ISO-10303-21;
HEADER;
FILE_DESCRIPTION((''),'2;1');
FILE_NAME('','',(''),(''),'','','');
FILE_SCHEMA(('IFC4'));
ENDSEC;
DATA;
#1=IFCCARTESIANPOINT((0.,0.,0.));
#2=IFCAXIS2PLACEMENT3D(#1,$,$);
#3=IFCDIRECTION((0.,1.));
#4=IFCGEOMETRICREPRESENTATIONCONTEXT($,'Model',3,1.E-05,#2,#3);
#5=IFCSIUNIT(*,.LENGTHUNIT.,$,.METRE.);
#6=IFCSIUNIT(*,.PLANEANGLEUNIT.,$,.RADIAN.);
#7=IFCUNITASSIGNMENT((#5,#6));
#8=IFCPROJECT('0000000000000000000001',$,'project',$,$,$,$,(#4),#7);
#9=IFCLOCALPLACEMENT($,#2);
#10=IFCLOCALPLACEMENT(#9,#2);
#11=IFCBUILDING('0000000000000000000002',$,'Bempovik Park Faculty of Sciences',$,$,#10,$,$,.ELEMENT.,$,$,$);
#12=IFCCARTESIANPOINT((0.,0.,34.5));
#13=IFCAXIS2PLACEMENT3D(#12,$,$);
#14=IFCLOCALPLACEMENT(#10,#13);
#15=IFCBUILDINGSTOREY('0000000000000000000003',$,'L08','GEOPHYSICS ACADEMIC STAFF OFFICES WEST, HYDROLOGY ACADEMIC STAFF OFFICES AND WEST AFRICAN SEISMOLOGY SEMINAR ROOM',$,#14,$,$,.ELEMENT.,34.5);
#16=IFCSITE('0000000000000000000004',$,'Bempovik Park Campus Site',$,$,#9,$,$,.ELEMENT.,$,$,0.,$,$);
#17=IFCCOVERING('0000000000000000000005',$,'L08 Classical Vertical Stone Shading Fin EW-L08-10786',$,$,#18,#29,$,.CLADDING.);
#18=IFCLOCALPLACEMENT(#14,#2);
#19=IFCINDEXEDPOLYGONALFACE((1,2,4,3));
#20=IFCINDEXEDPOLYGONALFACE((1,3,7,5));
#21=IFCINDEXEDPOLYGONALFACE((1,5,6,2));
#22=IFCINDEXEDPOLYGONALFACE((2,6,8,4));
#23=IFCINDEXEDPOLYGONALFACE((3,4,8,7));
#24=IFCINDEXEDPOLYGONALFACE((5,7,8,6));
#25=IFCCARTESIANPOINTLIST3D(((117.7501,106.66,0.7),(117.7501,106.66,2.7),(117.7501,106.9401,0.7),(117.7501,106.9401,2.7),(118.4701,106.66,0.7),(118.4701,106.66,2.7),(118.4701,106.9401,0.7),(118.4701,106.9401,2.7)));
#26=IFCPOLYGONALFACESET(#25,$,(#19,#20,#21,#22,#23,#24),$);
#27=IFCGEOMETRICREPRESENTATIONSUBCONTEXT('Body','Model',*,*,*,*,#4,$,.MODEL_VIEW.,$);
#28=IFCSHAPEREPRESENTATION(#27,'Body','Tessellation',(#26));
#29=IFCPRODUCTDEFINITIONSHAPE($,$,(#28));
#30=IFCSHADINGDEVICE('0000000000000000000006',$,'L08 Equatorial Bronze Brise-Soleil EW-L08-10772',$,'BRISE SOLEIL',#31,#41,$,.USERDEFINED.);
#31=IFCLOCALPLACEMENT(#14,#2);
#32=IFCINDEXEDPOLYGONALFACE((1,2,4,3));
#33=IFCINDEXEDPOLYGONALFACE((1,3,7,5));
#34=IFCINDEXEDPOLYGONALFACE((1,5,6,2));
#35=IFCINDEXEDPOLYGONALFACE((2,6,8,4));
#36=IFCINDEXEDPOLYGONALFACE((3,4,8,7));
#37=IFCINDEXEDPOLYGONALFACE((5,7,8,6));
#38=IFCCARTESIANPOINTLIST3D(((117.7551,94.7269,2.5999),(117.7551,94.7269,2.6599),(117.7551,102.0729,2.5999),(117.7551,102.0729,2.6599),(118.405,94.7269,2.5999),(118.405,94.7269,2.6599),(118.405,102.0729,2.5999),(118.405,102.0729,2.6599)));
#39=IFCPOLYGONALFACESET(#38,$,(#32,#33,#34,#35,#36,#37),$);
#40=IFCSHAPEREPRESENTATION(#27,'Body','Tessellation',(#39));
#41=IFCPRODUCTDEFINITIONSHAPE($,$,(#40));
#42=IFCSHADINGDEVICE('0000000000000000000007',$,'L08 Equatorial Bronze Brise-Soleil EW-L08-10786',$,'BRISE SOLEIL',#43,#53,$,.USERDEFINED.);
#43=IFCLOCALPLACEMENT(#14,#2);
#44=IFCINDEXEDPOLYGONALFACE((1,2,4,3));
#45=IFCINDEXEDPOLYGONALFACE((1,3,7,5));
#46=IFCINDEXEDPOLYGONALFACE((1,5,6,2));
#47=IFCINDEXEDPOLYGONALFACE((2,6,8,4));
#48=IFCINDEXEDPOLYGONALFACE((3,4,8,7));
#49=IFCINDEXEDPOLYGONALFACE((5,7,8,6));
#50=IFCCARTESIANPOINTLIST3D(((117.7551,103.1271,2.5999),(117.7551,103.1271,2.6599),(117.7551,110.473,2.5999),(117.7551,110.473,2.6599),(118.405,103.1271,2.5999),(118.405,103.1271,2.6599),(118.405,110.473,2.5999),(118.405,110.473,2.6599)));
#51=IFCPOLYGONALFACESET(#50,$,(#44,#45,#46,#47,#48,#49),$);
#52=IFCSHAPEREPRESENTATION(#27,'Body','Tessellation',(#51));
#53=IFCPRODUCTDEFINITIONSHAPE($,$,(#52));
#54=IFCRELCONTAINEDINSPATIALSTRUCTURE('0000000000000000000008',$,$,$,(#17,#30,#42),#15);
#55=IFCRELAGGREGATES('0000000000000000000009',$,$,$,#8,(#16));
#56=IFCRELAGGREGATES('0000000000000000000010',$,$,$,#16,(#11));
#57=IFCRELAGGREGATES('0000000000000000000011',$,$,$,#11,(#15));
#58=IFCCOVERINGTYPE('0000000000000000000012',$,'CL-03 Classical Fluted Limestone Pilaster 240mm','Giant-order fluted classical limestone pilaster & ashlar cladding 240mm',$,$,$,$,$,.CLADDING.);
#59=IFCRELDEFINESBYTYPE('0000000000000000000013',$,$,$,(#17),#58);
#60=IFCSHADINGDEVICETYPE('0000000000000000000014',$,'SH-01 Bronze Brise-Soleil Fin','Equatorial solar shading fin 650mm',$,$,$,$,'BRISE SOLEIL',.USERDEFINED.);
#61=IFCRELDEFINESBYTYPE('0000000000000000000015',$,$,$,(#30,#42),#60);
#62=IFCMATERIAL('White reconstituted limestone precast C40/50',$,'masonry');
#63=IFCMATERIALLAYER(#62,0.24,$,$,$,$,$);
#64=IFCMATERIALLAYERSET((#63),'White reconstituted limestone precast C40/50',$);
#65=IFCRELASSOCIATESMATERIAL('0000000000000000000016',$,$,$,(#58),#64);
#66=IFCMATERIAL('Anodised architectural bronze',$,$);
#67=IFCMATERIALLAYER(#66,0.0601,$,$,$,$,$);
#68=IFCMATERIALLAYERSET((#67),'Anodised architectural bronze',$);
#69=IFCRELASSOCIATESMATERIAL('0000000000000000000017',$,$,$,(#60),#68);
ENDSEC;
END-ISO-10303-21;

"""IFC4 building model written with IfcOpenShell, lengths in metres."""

from ifc_helpers import new_model, si_unit, direction, frame, origin, origin_2d, place, context, subcontext, project, spatial, rectangle, extrude, material, layer, layer_set, type_object, element, save


model = new_model("IFC4")

# Units and contexts
model_context = context("Model", 3, precision=1e-05, world=origin(), true_north=direction((0.0, 1.0)))
body_context = subcontext(model_context, "Body", "Model", "MODEL_VIEW")
ifc_project = project(units=[si_unit("LENGTHUNIT", "METRE"), si_unit("PLANEANGLEUNIT", "RADIAN")], contexts=[model_context])

# Site, building, storey
site_placement = place(None, origin())
site = spatial("IfcSite", under=ifc_project, at=site_placement, Name="Bempovik Park Campus Site", CompositionType="ELEMENT", RefElevation=0.0)
building_placement = place(site_placement, origin())
building = spatial("IfcBuilding", under=site, at=building_placement, Name="Bempovik Park Faculty of Sciences", CompositionType="ELEMENT")
storey_placement = place(building_placement, frame((0.0, 0.0, 34.5)))
storey = spatial("IfcBuildingStorey", under=building, at=storey_placement, Name="L08", Description="GEOPHYSICS ACADEMIC STAFF OFFICES WEST, HYDROLOGY ACADEMIC STAFF OFFICES AND WEST AFRICAN SEISMOLOGY SEMINAR ROOM", CompositionType="ELEMENT", Elevation=34.5)

# Covering
ifc_material_1 = material(Name="White reconstituted limestone precast C40/50", Category="masonry")
ifc_layer_1 = layer(ifc_material_1, 0.24)
ifc_layer_set_1 = layer_set([ifc_layer_1], Name="White reconstituted limestone precast C40/50")
covering_type_1 = type_object("IfcCoveringType", Name="CL-03 Classical Fluted Limestone Pilaster 240mm", Description="Giant-order fluted classical limestone pilaster & ashlar cladding 240mm", PredefinedType="CLADDING", material=ifc_layer_set_1)
covering_1_placement = place(storey_placement, frame((118.1101, 106.8, 0.7), z_axis=(0.0, 0.0, 1.0), x_axis=(1.0, 0.0, 0.0)))
element("IfcCovering", 1, at=covering_1_placement, inside=storey, type_object=covering_type_1, Name="L08 Classical Vertical Stone Shading Fin EW-L08-10786", PredefinedType="CLADDING", context=body_context, shape_type="SweptSolid", body=[
    extrude(rectangle(XDim=0.72, YDim=0.28, at=origin_2d()), origin(), (0.0, 0.0, 1.0), 2.0),
])

# Shading devices
ifc_material_2 = material(Name="Anodised architectural bronze")
ifc_layer_2 = layer(ifc_material_2, 0.0601)
ifc_layer_set_2 = layer_set([ifc_layer_2], Name="Anodised architectural bronze")
shading_device_type = type_object("IfcShadingDeviceType", Name="SH-01 Bronze Brise-Soleil Fin", Description="Equatorial solar shading fin 650mm", ElementType="BRISE SOLEIL", PredefinedType="USERDEFINED", material=ifc_layer_set_2)
for number, where, z_axis, x_axis, name in (
    (2, (118.0801, 98.3999, 2.5999), (0.0, 0.0, 1.0), (1.0, 0.0, 0.0), "L08 Equatorial Bronze Brise-Soleil EW-L08-10772"),
    (3, (118.0801, 106.8, 2.5999), (0.0, 0.0, 1.0), (1.0, 0.0, 0.0), "L08 Equatorial Bronze Brise-Soleil EW-L08-10786"),
):
    element("IfcShadingDevice", number, at=place(storey_placement, frame(where, z_axis=z_axis, x_axis=x_axis)), inside=storey, type_object=shading_device_type, Name=name, ObjectType="BRISE SOLEIL", PredefinedType="USERDEFINED", context=body_context, shape_type="SweptSolid", body=[
        extrude(rectangle(XDim=0.6499, YDim=7.3459, at=origin_2d()), origin(), (0.0, 0.0, 1.0), 0.0601),
    ])

save(model, "model.ifc")
